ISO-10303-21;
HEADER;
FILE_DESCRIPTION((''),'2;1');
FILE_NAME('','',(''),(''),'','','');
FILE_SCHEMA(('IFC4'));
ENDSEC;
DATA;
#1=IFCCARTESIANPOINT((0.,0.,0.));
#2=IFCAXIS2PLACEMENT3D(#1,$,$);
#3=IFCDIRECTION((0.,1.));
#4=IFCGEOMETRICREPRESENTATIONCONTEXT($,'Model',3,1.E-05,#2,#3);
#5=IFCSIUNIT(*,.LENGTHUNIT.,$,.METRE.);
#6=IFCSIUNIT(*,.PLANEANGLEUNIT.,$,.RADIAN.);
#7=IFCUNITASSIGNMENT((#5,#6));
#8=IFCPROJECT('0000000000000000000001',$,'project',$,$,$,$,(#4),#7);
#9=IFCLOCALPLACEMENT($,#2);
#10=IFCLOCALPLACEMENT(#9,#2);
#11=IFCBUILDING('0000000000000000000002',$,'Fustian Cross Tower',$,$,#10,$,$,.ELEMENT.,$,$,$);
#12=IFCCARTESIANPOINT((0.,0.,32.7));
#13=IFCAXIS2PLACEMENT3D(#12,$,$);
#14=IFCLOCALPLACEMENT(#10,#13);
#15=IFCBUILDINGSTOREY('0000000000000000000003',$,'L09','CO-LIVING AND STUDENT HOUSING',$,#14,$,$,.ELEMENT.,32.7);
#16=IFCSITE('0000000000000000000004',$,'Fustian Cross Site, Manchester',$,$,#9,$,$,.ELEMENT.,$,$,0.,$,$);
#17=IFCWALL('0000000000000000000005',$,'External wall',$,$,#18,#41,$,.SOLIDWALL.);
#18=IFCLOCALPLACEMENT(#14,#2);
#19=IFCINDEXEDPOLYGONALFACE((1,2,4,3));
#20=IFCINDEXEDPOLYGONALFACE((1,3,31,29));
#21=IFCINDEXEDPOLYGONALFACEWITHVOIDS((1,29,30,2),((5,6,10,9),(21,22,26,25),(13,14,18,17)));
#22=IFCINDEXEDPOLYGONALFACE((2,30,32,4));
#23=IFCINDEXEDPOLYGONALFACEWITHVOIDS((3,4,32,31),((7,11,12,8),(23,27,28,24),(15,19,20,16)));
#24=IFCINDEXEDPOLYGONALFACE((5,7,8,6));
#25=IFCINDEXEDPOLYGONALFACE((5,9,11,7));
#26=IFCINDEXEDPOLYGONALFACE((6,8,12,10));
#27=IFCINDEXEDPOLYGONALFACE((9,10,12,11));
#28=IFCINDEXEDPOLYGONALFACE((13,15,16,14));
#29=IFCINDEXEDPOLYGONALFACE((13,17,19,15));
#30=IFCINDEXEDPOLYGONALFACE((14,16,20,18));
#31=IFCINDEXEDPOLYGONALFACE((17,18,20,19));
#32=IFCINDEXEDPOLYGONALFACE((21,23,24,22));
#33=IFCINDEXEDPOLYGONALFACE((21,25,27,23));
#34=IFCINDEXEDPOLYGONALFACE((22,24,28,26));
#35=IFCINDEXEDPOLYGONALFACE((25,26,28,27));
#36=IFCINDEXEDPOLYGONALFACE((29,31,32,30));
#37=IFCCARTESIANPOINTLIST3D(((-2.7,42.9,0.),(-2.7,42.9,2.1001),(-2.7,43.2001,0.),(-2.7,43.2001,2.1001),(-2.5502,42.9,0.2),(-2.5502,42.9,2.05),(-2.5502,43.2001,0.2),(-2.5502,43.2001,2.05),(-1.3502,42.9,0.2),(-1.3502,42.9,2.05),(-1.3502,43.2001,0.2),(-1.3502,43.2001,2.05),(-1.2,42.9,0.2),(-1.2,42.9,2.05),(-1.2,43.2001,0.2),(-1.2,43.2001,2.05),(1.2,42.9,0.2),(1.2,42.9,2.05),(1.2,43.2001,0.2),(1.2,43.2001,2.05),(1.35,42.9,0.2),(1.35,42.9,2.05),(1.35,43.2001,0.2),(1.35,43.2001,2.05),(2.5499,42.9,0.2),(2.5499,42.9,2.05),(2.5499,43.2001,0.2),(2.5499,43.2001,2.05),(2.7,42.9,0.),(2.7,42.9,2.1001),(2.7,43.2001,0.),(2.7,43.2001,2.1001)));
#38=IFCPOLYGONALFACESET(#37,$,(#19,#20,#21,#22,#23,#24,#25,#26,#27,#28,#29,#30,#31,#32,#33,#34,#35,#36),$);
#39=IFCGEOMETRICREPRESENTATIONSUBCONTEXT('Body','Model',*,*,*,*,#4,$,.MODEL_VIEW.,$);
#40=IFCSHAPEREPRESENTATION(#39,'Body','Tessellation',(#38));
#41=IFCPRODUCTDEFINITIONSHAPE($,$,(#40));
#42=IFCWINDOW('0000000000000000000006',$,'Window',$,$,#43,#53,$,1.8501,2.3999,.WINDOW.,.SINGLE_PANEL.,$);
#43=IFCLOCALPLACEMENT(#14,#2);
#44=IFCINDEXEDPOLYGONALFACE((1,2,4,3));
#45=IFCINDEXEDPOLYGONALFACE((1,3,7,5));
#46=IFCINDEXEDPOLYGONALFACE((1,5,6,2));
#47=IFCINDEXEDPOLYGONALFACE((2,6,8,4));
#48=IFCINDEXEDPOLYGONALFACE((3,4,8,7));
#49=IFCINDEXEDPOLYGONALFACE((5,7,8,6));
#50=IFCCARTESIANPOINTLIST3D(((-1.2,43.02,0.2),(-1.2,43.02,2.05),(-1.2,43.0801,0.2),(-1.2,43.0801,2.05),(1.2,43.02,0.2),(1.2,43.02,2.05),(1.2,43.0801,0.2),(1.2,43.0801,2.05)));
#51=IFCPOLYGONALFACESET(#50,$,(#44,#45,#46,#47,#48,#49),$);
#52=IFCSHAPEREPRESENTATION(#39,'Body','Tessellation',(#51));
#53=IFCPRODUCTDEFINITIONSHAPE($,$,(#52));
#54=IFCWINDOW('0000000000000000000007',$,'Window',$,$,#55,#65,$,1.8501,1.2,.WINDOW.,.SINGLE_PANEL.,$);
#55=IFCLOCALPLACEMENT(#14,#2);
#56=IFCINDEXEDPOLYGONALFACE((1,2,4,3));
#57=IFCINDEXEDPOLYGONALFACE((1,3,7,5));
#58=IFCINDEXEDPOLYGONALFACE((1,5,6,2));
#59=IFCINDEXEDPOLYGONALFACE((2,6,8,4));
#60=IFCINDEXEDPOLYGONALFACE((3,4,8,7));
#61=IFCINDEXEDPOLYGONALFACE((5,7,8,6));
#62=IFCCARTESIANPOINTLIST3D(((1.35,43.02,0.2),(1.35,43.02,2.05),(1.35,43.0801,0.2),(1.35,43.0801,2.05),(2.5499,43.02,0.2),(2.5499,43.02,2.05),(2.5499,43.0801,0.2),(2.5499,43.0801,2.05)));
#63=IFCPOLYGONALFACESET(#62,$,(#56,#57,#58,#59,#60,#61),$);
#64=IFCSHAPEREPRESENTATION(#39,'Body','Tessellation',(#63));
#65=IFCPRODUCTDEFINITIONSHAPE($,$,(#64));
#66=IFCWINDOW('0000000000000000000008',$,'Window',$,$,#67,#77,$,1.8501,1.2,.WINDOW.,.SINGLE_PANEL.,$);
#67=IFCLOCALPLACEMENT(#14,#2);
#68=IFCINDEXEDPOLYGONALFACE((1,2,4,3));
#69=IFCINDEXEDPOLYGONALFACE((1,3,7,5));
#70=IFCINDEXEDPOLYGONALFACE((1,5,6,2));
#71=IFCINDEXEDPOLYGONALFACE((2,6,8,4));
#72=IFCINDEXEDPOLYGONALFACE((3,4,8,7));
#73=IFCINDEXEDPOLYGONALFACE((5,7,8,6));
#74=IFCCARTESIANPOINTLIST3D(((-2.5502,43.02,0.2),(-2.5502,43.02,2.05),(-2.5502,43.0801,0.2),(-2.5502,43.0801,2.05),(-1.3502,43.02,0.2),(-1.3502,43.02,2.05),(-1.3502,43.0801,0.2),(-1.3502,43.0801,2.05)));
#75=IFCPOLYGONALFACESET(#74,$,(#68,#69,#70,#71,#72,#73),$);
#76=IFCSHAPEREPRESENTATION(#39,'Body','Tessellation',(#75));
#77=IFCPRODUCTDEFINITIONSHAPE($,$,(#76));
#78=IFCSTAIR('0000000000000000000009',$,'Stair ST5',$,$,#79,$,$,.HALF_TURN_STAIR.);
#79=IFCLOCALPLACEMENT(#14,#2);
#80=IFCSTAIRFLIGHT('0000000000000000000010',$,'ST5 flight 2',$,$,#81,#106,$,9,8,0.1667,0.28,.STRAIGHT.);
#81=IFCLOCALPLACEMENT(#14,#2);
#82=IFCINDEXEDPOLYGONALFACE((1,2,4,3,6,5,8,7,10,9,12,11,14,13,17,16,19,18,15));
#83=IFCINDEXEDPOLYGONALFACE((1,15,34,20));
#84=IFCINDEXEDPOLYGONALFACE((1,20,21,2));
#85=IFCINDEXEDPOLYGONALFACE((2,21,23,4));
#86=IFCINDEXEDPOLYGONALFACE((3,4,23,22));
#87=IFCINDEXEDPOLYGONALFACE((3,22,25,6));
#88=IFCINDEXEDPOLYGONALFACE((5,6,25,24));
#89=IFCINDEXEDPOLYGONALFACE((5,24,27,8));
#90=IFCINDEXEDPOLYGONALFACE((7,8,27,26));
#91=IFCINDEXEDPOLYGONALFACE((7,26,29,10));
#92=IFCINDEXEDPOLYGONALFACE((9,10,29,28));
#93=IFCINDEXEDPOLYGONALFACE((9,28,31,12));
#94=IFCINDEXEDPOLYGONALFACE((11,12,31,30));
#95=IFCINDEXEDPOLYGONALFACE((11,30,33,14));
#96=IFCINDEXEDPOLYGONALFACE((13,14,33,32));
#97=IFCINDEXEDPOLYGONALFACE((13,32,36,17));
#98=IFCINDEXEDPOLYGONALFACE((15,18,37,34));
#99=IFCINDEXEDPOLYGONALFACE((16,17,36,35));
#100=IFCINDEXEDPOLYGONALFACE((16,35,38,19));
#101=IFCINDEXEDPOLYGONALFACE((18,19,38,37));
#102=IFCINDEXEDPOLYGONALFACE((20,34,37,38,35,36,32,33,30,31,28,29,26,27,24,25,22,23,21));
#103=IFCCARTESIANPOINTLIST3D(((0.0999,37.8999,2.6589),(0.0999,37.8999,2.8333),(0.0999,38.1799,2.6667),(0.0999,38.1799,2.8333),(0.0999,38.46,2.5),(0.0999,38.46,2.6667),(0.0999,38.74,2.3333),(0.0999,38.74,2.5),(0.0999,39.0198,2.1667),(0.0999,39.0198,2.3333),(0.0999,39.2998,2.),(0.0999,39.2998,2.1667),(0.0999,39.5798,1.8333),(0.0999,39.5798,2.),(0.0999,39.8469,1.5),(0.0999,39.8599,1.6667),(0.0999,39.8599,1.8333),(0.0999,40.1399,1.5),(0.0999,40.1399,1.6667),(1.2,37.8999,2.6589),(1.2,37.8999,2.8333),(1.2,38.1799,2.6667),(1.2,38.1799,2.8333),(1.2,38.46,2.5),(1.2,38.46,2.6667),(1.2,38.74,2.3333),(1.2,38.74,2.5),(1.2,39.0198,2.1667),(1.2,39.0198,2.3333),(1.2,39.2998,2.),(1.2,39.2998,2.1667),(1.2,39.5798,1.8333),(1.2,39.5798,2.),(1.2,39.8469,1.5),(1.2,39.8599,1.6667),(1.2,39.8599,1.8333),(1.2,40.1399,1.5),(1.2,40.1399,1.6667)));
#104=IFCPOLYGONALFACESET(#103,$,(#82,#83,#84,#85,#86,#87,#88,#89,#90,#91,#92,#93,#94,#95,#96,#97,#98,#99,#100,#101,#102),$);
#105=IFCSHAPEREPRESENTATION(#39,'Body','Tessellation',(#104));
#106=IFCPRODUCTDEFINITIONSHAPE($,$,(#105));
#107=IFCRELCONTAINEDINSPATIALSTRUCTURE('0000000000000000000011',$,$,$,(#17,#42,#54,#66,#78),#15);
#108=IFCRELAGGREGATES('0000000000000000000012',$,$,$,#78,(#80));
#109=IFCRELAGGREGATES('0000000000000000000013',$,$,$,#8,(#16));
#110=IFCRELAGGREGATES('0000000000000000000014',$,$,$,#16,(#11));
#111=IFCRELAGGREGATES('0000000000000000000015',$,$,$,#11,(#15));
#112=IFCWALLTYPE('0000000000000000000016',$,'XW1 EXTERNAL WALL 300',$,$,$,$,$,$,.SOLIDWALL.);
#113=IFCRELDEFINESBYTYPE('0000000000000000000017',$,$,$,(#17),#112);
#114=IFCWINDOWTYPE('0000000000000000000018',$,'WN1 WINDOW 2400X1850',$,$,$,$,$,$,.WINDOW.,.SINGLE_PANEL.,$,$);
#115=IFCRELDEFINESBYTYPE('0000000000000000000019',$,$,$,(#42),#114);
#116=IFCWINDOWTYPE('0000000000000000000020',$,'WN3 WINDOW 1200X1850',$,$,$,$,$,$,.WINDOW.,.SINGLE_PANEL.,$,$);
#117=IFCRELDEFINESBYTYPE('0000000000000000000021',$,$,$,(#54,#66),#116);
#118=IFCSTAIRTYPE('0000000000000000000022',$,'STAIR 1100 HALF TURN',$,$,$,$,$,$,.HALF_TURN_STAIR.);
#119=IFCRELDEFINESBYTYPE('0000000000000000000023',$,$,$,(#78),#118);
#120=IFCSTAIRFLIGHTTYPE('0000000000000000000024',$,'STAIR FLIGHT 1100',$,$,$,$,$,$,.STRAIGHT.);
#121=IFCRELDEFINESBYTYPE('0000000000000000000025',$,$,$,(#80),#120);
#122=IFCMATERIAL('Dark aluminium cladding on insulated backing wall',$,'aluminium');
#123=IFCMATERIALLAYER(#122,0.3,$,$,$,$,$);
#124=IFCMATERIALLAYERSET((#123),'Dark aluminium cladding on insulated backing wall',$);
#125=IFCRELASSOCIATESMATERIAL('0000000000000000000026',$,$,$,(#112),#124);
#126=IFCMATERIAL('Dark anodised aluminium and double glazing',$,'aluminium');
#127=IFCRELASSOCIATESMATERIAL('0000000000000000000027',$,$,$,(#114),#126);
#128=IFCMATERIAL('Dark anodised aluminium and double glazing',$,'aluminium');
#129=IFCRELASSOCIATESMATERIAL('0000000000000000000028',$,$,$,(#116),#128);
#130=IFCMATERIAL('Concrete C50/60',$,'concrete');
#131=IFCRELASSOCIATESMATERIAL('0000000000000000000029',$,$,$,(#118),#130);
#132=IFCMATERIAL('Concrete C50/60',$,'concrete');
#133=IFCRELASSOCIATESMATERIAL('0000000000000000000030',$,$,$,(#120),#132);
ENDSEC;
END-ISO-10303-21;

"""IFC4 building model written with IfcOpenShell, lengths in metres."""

from ifc_helpers import new_model, si_unit, direction, frame, frame_2d, origin, place, context, subcontext, project, spatial, polyline, rectangle, outline, extrude, material, layer, layer_set, type_object, element, fill, aggregate, save


model = new_model("IFC4")

# Units and contexts
model_context = context("Model", 3, precision=1e-05, world=origin(), true_north=direction((0.0, 1.0)))
body_context = subcontext(model_context, "Body", "Model", "MODEL_VIEW")
ifc_project = project(units=[si_unit("LENGTHUNIT", "METRE"), si_unit("PLANEANGLEUNIT", "RADIAN")], contexts=[model_context])

# Site, building, storey
site_placement = place(None, origin())
site = spatial("IfcSite", under=ifc_project, at=site_placement, Name="Fustian Cross Site, Manchester", CompositionType="ELEMENT", RefElevation=0.0)
building_placement = place(site_placement, origin())
building = spatial("IfcBuilding", under=site, at=building_placement, Name="Fustian Cross Tower", CompositionType="ELEMENT")
storey_placement = place(building_placement, frame((0.0, 0.0, 32.7)))
storey = spatial("IfcBuildingStorey", under=building, at=storey_placement, Name="L09", Description="CO-LIVING AND STUDENT HOUSING", CompositionType="ELEMENT", Elevation=32.7)

# Shared definitions
ifc_material_1 = material(Name="Dark aluminium cladding on insulated backing wall", Category="aluminium")
ifc_layer_1 = layer(ifc_material_1, 0.3)
ifc_layer_set_1 = layer_set([ifc_layer_1], Name="Dark aluminium cladding on insulated backing wall")
wall_type_1 = type_object("IfcWallType", Name="XW1 EXTERNAL WALL 300", PredefinedType="SOLIDWALL", material=ifc_layer_set_1)
ifc_material_2 = material(Name="Dark anodised aluminium and double glazing", Category="aluminium")
window_type_1 = type_object("IfcWindowType", Name="WN1 WINDOW 2400X1850", PartitioningType="SINGLE_PANEL", PredefinedType="WINDOW", material=ifc_material_2)
ifc_material_3 = material(Name="Dark anodised aluminium and double glazing", Category="aluminium")
window_type_2 = type_object("IfcWindowType", Name="WN3 WINDOW 1200X1850", PartitioningType="SINGLE_PANEL", PredefinedType="WINDOW", material=ifc_material_3)

# Wall, openings, windows
wall_1_placement = place(storey_placement, frame((2.7, 43.05, 0.0), z_axis=(0.0, 0.0, 1.0), x_axis=(-1.0, 0.0, 0.0)))
wall_1 = element("IfcWall", 1, at=wall_1_placement, inside=storey, type_object=wall_type_1, Name="External wall", PredefinedType="SOLIDWALL", context=body_context, shape_type="SweptSolid", body=[
    extrude(rectangle(XDim=5.3999, YDim=0.3, at=frame_2d((2.7, 0.0))), origin(), (0.0, 0.0, 1.0), 2.1001),
])
opening_1_placement = place(wall_1_placement, frame((1.5, 0.0, 0.2)))
opening_1 = element("IfcOpeningElement", 2, at=opening_1_placement, cuts=wall_1, PredefinedType="OPENING", context=body_context, shape_type="SweptSolid", body=[
    extrude(rectangle(XDim=2.3999, YDim=1.8501, at=frame_2d((1.2, 0.925))), frame((0.0, 0.1599, 0.0), z_axis=(0.0, -1.0, 0.0), x_axis=(1.0, 0.0, 0.0)), (0.0, 0.0, 1.0), 0.3201),
])
opening_2_placement = place(wall_1_placement, frame((0.1499, 0.0, 0.2)))
opening_2 = element("IfcOpeningElement", 3, at=opening_2_placement, cuts=wall_1, PredefinedType="OPENING", context=body_context, shape_type="SweptSolid", body=[
    extrude(rectangle(XDim=1.2, YDim=1.8501, at=frame_2d((0.6001, 0.925))), frame((0.0, 0.1599, 0.0), z_axis=(0.0, -1.0, 0.0), x_axis=(1.0, 0.0, 0.0)), (0.0, 0.0, 1.0), 0.3201),
])
opening_3_placement = place(wall_1_placement, frame((4.05, 0.0, 0.2)))
opening_3 = element("IfcOpeningElement", 4, at=opening_3_placement, cuts=wall_1, PredefinedType="OPENING", context=body_context, shape_type="SweptSolid", body=[
    extrude(rectangle(XDim=1.2, YDim=1.8501, at=frame_2d((0.6001, 0.925))), frame((0.0, 0.1599, 0.0), z_axis=(0.0, -1.0, 0.0), x_axis=(1.0, 0.0, 0.0)), (0.0, 0.0, 1.0), 0.3201),
])
window_1_placement = place(opening_1_placement, origin())
window_1 = element("IfcWindow", 5, at=window_1_placement, inside=storey, type_object=window_type_1, Name="Window", OverallHeight=1.8501, OverallWidth=2.3999, PartitioningType="SINGLE_PANEL", PredefinedType="WINDOW", context=body_context, shape_type="SweptSolid", body=[
    extrude(rectangle(XDim=2.3999, YDim=1.8501, at=frame_2d((1.2, 0.925))), frame((0.0, 0.03, 0.0), z_axis=(0.0, -1.0, 0.0), x_axis=(1.0, 0.0, 0.0)), (0.0, 0.0, 1.0), 0.0601),
])
fill(opening_1, window_1)
window_2_placement = place(opening_2_placement, origin())
window_2 = element("IfcWindow", 6, at=window_2_placement, inside=storey, type_object=window_type_2, Name="Window", OverallHeight=1.8501, OverallWidth=1.2, PartitioningType="SINGLE_PANEL", PredefinedType="WINDOW", context=body_context, shape_type="SweptSolid", body=[
    extrude(rectangle(XDim=1.2, YDim=1.8501, at=frame_2d((0.6001, 0.925))), frame((0.0, 0.03, 0.0), z_axis=(0.0, -1.0, 0.0), x_axis=(1.0, 0.0, 0.0)), (0.0, 0.0, 1.0), 0.0601),
])
fill(opening_2, window_2)
window_3_placement = place(opening_3_placement, origin())
window_3 = element("IfcWindow", 7, at=window_3_placement, inside=storey, type_object=window_type_2, Name="Window", OverallHeight=1.8501, OverallWidth=1.2, PartitioningType="SINGLE_PANEL", PredefinedType="WINDOW", context=body_context, shape_type="SweptSolid", body=[
    extrude(rectangle(XDim=1.2, YDim=1.8501, at=frame_2d((0.6001, 0.925))), frame((0.0, 0.03, 0.0), z_axis=(0.0, -1.0, 0.0), x_axis=(1.0, 0.0, 0.0)), (0.0, 0.0, 1.0), 0.0601),
])
fill(opening_3, window_3)

# Stair, stair flight
ifc_material_4 = material(Name="Concrete C50/60", Category="concrete")
stair_type = type_object("IfcStairType", Name="STAIR 1100 HALF TURN", PredefinedType="HALF_TURN_STAIR", material=ifc_material_4)
stair_placement = place(storey_placement, origin())
stair = element("IfcStair", 8, at=stair_placement, inside=storey, type_object=stair_type, Name="Stair ST5", PredefinedType="HALF_TURN_STAIR")
ifc_material_5 = material(Name="Concrete C50/60", Category="concrete")
stair_flight_type = type_object("IfcStairFlightType", Name="STAIR FLIGHT 1100", PredefinedType="STRAIGHT", material=ifc_material_5)
stair_flight_placement = place(storey_placement, frame((0.6499, 40.1399, 1.5), z_axis=(0.0, 0.0, 1.0), x_axis=(0.0, -1.0, 0.0)))
stair_flight = element("IfcStairFlight", 9, at=stair_flight_placement, type_object=stair_flight_type, Name="ST5 flight 2", NumberOfRisers=9, NumberOfTreads=8, PredefinedType="STRAIGHT", RiserHeight=0.1667, TreadLength=0.28, context=body_context, shape_type="SweptSolid", body=[
    extrude(outline(polyline([(0.0, 0.0), (0.0, 0.1667), (0.28, 0.1667), (0.28, 0.3333), (0.5601, 0.3333), (0.5601, 0.5), (0.8401, 0.5), (0.8401, 0.6667), (1.1201, 0.6667), (1.1201, 0.8333), (1.3999, 0.8333), (1.3999, 1.0), (1.6799, 1.0), (1.6799, 1.1667), (1.96, 1.1667), (1.96, 1.3333), (2.24, 1.3333), (2.24, 1.5), (2.24, 1.1589), (0.293, 0.0), (0.0, 0.0)])), frame((0.0, 0.55, 0.0), z_axis=(0.0, -1.0, 0.0), x_axis=(1.0, 0.0, 0.0)), (0.0, 0.0, 1.0), 1.1001),
])
aggregate(stair, [stair_flight])

save(model, "model.ifc")
